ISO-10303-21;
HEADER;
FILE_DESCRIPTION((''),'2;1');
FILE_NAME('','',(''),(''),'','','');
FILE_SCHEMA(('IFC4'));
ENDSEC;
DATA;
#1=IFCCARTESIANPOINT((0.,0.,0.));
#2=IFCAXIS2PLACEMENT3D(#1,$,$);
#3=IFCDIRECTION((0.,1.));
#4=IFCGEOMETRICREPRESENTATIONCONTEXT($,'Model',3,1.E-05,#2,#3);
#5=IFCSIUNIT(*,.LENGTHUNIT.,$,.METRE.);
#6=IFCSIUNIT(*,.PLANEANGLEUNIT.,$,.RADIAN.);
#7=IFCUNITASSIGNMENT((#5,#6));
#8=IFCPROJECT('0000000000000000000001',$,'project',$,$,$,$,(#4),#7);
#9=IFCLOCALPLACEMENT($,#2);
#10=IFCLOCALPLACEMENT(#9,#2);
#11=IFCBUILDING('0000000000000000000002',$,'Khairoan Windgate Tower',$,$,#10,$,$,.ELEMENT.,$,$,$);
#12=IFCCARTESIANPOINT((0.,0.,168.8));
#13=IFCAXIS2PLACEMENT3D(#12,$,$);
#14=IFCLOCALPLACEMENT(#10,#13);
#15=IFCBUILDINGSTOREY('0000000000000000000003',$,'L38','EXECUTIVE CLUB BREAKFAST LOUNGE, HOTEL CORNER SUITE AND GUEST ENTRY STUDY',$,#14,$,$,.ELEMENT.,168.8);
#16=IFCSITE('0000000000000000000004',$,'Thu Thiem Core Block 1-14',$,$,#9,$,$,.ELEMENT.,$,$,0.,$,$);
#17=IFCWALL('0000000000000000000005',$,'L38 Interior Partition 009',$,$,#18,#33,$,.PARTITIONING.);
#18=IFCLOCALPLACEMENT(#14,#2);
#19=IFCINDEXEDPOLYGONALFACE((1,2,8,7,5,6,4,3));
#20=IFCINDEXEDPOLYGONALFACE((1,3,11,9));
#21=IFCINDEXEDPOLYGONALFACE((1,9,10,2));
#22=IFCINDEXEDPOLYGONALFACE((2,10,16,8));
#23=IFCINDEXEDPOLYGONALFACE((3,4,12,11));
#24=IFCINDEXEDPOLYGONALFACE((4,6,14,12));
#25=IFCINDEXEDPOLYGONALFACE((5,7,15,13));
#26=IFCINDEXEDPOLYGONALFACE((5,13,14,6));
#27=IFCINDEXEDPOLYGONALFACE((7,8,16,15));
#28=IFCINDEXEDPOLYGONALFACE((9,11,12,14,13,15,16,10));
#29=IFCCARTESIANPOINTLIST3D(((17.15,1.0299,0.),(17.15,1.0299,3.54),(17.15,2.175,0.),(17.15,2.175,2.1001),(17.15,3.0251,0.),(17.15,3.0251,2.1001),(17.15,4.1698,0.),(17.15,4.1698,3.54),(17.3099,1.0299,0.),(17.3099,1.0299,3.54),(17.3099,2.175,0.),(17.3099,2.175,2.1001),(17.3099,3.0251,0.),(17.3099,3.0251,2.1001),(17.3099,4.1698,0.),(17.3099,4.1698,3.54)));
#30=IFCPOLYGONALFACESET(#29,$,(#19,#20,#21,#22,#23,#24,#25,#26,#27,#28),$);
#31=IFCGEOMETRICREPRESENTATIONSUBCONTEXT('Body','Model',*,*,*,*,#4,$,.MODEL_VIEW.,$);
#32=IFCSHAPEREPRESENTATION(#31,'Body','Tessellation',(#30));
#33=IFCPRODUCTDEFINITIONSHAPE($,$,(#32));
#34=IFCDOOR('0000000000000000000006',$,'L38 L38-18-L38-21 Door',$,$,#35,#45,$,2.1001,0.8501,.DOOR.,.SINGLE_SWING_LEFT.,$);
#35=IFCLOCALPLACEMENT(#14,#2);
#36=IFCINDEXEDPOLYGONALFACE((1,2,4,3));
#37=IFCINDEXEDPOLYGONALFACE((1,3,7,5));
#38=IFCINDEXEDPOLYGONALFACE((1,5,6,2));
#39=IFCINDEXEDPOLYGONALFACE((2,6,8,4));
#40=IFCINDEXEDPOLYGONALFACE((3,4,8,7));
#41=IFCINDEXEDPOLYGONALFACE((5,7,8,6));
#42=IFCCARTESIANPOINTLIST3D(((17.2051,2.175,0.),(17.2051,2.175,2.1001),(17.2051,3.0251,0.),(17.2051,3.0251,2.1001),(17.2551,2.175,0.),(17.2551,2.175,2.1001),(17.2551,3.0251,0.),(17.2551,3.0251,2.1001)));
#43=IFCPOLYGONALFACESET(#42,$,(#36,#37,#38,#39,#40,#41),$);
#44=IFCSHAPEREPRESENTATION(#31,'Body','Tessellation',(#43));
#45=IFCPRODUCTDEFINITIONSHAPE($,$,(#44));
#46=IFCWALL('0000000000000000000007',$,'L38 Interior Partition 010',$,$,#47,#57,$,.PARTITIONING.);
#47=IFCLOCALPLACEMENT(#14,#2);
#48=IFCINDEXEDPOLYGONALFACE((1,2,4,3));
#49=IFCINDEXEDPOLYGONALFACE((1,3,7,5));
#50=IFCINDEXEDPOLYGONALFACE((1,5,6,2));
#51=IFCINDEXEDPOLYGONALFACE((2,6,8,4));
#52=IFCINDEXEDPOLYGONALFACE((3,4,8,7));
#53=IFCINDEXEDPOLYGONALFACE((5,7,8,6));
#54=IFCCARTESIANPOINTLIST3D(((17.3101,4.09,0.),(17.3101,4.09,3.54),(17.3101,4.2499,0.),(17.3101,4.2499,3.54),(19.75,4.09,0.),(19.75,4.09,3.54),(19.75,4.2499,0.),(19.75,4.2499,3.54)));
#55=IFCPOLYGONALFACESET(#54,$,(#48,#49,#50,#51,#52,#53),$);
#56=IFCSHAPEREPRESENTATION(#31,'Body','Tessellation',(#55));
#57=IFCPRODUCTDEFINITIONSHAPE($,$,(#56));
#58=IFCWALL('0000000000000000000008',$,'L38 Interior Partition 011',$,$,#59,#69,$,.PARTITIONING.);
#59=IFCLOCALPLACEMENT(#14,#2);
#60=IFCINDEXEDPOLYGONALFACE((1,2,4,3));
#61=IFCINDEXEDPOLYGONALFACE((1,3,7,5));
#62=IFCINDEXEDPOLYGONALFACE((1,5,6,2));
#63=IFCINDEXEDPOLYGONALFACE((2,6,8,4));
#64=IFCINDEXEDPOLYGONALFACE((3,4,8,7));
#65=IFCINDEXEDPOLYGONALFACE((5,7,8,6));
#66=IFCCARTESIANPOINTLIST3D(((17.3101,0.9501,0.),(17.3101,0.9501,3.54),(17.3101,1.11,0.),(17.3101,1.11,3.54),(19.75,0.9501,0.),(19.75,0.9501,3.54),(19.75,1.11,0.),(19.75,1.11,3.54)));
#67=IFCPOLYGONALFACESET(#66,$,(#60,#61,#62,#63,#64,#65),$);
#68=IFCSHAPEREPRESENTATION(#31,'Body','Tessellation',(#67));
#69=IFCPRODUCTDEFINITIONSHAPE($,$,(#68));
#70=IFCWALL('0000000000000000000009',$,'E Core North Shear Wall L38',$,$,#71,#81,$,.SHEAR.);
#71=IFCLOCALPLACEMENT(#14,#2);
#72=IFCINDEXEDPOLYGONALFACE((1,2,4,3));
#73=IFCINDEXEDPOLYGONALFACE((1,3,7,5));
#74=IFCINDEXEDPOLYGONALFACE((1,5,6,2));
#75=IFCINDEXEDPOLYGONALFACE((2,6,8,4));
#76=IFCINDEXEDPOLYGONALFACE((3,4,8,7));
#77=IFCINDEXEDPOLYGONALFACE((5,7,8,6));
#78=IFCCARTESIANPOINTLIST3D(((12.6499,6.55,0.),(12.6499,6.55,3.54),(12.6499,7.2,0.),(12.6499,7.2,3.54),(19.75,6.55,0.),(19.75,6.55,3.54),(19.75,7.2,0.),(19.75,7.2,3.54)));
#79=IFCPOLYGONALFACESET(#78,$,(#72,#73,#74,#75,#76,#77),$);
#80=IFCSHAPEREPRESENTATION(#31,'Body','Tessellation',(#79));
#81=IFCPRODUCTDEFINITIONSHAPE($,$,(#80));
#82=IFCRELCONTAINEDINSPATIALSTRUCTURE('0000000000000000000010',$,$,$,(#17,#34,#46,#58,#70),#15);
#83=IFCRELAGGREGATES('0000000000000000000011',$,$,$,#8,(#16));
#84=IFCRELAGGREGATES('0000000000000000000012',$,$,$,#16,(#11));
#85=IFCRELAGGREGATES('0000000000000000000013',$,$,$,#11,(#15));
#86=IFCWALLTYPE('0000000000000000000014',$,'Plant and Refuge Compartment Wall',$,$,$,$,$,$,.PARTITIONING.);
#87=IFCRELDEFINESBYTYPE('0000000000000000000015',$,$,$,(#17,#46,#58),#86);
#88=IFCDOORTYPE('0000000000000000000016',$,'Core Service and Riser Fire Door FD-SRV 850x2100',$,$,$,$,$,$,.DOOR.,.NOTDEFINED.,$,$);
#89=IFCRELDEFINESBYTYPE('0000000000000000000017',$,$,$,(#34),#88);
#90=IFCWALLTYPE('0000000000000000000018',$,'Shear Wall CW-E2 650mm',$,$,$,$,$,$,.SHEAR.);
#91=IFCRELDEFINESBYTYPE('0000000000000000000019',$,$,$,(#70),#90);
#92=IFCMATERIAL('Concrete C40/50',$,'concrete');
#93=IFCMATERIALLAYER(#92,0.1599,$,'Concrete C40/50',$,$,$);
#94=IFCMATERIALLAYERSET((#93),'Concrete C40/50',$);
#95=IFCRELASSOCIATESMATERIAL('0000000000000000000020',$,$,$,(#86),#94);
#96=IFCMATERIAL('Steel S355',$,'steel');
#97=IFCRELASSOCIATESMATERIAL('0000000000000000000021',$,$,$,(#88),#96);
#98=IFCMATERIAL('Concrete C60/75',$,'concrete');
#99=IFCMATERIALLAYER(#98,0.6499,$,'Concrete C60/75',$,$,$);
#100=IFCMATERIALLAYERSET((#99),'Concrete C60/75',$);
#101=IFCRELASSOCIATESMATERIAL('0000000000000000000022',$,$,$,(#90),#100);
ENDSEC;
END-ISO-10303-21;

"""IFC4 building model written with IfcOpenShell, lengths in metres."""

from ifc_helpers import new_model, si_unit, direction, frame, frame_2d, origin, place, context, subcontext, project, spatial, rectangle, extrude, material, layer, layer_set, type_object, element, fill, save


model = new_model("IFC4")

# Units and contexts
model_context = context("Model", 3, precision=1e-05, world=origin(), true_north=direction((0.0, 1.0)))
body_context = subcontext(model_context, "Body", "Model", "MODEL_VIEW")
ifc_project = project(units=[si_unit("LENGTHUNIT", "METRE"), si_unit("PLANEANGLEUNIT", "RADIAN")], contexts=[model_context])

# Site, building, storey
site_placement = place(None, origin())
site = spatial("IfcSite", under=ifc_project, at=site_placement, Name="Thu Thiem Core Block 1-14", CompositionType="ELEMENT", RefElevation=0.0)
building_placement = place(site_placement, origin())
building = spatial("IfcBuilding", under=site, at=building_placement, Name="Khairoan Windgate Tower", CompositionType="ELEMENT")
storey_placement = place(building_placement, frame((0.0, 0.0, 168.8)))
storey = spatial("IfcBuildingStorey", under=building, at=storey_placement, Name="L38", Description="EXECUTIVE CLUB BREAKFAST LOUNGE, HOTEL CORNER SUITE AND GUEST ENTRY STUDY", CompositionType="ELEMENT", Elevation=168.8)

# Wall, opening, door
ifc_material_1 = material(Name="Concrete C40/50", Category="concrete")
ifc_layer_1 = layer(ifc_material_1, 0.1599, Name="Concrete C40/50")
ifc_layer_set_1 = layer_set([ifc_layer_1], Name="Concrete C40/50")
wall_type_1 = type_object("IfcWallType", Name="Plant and Refuge Compartment Wall", PredefinedType="PARTITIONING", material=ifc_layer_set_1)
ifc_material_2 = material(Name="Steel S355", Category="steel")
door_type = type_object("IfcDoorType", Name="Core Service and Riser Fire Door FD-SRV 850x2100", OperationType="NOTDEFINED", PredefinedType="DOOR", material=ifc_material_2)
wall_1_placement = place(storey_placement, frame((17.23, 1.03, 0.0), z_axis=(0.0, 0.0, 1.0), x_axis=(0.0, 1.0, 0.0)))
wall_1 = element("IfcWall", 1, at=wall_1_placement, inside=storey, type_object=wall_type_1, Name="L38 Interior Partition 009", PredefinedType="PARTITIONING", context=body_context, shape_type="SweptSolid", body=[
    extrude(rectangle(XDim=3.1399, YDim=0.1599, at=frame_2d((1.5698, 0.0))), origin(), (0.0, 0.0, 1.0), 3.54),
])
opening_1_placement = place(wall_1_placement, frame((1.145, 0.0, 0.0)))
opening_1 = element("IfcOpeningElement", 2, at=opening_1_placement, cuts=wall_1, PredefinedType="OPENING", context=body_context, shape_type="SweptSolid", body=[
    extrude(rectangle(XDim=0.8501, YDim=2.1001, at=frame_2d((0.425, 1.05))), frame((0.0, 0.0898, 0.0), z_axis=(0.0, -1.0, 0.0), x_axis=(1.0, 0.0, 0.0)), (0.0, 0.0, 1.0), 0.1799),
])
door_1_placement = place(opening_1_placement, origin())
door_1 = element("IfcDoor", 3, at=door_1_placement, inside=storey, type_object=door_type, Name="L38 L38-18-L38-21 Door", OperationType="SINGLE_SWING_LEFT", OverallHeight=2.1001, OverallWidth=0.8501, PredefinedType="DOOR", context=body_context, shape_type="SweptSolid", body=[
    extrude(rectangle(XDim=0.8501, YDim=2.1001, at=frame_2d((0.425, 1.05))), frame((0.0, 0.0249, 0.0), z_axis=(0.0, -1.0, 0.0), x_axis=(1.0, 0.0, 0.0)), (0.0, 0.0, 1.0), 0.05),
])
fill(opening_1, door_1)

# Walls
for number, where, z_axis, x_axis, name in (
    (4, (17.3101, 4.1699, 0.0), (0.0, 0.0, 1.0), (1.0, 0.0, 0.0), "L38 Interior Partition 010"),
    (5, (17.3101, 1.03, 0.0), (0.0, 0.0, 1.0), (1.0, 0.0, 0.0), "L38 Interior Partition 011"),
):
    element("IfcWall", number, at=place(storey_placement, frame(where, z_axis=z_axis, x_axis=x_axis)), inside=storey, type_object=wall_type_1, Name=name, PredefinedType="PARTITIONING", context=body_context, shape_type="SweptSolid", body=[
        extrude(rectangle(XDim=2.4399, YDim=0.1599, at=frame_2d((1.22, 0.0))), origin(), (0.0, 0.0, 1.0), 3.54),
    ])
ifc_material_3 = material(Name="Concrete C60/75", Category="concrete")
ifc_layer_2 = layer(ifc_material_3, 0.6499, Name="Concrete C60/75")
ifc_layer_set_2 = layer_set([ifc_layer_2], Name="Concrete C60/75")
wall_type_2 = type_object("IfcWallType", Name="Shear Wall CW-E2 650mm", PredefinedType="SHEAR", material=ifc_layer_set_2)
wall_2_placement = place(storey_placement, frame((12.6499, 6.875, 0.0), z_axis=(0.0, 0.0, 1.0), x_axis=(1.0, 0.0, 0.0)))
element("IfcWall", 6, at=wall_2_placement, inside=storey, type_object=wall_type_2, Name="E Core North Shear Wall L38", PredefinedType="SHEAR", context=body_context, shape_type="SweptSolid", body=[
    extrude(rectangle(XDim=7.1001, YDim=0.6499, at=frame_2d((3.55, 0.0))), origin(), (0.0, 0.0, 1.0), 3.54),
])

save(model, "model.ifc")
